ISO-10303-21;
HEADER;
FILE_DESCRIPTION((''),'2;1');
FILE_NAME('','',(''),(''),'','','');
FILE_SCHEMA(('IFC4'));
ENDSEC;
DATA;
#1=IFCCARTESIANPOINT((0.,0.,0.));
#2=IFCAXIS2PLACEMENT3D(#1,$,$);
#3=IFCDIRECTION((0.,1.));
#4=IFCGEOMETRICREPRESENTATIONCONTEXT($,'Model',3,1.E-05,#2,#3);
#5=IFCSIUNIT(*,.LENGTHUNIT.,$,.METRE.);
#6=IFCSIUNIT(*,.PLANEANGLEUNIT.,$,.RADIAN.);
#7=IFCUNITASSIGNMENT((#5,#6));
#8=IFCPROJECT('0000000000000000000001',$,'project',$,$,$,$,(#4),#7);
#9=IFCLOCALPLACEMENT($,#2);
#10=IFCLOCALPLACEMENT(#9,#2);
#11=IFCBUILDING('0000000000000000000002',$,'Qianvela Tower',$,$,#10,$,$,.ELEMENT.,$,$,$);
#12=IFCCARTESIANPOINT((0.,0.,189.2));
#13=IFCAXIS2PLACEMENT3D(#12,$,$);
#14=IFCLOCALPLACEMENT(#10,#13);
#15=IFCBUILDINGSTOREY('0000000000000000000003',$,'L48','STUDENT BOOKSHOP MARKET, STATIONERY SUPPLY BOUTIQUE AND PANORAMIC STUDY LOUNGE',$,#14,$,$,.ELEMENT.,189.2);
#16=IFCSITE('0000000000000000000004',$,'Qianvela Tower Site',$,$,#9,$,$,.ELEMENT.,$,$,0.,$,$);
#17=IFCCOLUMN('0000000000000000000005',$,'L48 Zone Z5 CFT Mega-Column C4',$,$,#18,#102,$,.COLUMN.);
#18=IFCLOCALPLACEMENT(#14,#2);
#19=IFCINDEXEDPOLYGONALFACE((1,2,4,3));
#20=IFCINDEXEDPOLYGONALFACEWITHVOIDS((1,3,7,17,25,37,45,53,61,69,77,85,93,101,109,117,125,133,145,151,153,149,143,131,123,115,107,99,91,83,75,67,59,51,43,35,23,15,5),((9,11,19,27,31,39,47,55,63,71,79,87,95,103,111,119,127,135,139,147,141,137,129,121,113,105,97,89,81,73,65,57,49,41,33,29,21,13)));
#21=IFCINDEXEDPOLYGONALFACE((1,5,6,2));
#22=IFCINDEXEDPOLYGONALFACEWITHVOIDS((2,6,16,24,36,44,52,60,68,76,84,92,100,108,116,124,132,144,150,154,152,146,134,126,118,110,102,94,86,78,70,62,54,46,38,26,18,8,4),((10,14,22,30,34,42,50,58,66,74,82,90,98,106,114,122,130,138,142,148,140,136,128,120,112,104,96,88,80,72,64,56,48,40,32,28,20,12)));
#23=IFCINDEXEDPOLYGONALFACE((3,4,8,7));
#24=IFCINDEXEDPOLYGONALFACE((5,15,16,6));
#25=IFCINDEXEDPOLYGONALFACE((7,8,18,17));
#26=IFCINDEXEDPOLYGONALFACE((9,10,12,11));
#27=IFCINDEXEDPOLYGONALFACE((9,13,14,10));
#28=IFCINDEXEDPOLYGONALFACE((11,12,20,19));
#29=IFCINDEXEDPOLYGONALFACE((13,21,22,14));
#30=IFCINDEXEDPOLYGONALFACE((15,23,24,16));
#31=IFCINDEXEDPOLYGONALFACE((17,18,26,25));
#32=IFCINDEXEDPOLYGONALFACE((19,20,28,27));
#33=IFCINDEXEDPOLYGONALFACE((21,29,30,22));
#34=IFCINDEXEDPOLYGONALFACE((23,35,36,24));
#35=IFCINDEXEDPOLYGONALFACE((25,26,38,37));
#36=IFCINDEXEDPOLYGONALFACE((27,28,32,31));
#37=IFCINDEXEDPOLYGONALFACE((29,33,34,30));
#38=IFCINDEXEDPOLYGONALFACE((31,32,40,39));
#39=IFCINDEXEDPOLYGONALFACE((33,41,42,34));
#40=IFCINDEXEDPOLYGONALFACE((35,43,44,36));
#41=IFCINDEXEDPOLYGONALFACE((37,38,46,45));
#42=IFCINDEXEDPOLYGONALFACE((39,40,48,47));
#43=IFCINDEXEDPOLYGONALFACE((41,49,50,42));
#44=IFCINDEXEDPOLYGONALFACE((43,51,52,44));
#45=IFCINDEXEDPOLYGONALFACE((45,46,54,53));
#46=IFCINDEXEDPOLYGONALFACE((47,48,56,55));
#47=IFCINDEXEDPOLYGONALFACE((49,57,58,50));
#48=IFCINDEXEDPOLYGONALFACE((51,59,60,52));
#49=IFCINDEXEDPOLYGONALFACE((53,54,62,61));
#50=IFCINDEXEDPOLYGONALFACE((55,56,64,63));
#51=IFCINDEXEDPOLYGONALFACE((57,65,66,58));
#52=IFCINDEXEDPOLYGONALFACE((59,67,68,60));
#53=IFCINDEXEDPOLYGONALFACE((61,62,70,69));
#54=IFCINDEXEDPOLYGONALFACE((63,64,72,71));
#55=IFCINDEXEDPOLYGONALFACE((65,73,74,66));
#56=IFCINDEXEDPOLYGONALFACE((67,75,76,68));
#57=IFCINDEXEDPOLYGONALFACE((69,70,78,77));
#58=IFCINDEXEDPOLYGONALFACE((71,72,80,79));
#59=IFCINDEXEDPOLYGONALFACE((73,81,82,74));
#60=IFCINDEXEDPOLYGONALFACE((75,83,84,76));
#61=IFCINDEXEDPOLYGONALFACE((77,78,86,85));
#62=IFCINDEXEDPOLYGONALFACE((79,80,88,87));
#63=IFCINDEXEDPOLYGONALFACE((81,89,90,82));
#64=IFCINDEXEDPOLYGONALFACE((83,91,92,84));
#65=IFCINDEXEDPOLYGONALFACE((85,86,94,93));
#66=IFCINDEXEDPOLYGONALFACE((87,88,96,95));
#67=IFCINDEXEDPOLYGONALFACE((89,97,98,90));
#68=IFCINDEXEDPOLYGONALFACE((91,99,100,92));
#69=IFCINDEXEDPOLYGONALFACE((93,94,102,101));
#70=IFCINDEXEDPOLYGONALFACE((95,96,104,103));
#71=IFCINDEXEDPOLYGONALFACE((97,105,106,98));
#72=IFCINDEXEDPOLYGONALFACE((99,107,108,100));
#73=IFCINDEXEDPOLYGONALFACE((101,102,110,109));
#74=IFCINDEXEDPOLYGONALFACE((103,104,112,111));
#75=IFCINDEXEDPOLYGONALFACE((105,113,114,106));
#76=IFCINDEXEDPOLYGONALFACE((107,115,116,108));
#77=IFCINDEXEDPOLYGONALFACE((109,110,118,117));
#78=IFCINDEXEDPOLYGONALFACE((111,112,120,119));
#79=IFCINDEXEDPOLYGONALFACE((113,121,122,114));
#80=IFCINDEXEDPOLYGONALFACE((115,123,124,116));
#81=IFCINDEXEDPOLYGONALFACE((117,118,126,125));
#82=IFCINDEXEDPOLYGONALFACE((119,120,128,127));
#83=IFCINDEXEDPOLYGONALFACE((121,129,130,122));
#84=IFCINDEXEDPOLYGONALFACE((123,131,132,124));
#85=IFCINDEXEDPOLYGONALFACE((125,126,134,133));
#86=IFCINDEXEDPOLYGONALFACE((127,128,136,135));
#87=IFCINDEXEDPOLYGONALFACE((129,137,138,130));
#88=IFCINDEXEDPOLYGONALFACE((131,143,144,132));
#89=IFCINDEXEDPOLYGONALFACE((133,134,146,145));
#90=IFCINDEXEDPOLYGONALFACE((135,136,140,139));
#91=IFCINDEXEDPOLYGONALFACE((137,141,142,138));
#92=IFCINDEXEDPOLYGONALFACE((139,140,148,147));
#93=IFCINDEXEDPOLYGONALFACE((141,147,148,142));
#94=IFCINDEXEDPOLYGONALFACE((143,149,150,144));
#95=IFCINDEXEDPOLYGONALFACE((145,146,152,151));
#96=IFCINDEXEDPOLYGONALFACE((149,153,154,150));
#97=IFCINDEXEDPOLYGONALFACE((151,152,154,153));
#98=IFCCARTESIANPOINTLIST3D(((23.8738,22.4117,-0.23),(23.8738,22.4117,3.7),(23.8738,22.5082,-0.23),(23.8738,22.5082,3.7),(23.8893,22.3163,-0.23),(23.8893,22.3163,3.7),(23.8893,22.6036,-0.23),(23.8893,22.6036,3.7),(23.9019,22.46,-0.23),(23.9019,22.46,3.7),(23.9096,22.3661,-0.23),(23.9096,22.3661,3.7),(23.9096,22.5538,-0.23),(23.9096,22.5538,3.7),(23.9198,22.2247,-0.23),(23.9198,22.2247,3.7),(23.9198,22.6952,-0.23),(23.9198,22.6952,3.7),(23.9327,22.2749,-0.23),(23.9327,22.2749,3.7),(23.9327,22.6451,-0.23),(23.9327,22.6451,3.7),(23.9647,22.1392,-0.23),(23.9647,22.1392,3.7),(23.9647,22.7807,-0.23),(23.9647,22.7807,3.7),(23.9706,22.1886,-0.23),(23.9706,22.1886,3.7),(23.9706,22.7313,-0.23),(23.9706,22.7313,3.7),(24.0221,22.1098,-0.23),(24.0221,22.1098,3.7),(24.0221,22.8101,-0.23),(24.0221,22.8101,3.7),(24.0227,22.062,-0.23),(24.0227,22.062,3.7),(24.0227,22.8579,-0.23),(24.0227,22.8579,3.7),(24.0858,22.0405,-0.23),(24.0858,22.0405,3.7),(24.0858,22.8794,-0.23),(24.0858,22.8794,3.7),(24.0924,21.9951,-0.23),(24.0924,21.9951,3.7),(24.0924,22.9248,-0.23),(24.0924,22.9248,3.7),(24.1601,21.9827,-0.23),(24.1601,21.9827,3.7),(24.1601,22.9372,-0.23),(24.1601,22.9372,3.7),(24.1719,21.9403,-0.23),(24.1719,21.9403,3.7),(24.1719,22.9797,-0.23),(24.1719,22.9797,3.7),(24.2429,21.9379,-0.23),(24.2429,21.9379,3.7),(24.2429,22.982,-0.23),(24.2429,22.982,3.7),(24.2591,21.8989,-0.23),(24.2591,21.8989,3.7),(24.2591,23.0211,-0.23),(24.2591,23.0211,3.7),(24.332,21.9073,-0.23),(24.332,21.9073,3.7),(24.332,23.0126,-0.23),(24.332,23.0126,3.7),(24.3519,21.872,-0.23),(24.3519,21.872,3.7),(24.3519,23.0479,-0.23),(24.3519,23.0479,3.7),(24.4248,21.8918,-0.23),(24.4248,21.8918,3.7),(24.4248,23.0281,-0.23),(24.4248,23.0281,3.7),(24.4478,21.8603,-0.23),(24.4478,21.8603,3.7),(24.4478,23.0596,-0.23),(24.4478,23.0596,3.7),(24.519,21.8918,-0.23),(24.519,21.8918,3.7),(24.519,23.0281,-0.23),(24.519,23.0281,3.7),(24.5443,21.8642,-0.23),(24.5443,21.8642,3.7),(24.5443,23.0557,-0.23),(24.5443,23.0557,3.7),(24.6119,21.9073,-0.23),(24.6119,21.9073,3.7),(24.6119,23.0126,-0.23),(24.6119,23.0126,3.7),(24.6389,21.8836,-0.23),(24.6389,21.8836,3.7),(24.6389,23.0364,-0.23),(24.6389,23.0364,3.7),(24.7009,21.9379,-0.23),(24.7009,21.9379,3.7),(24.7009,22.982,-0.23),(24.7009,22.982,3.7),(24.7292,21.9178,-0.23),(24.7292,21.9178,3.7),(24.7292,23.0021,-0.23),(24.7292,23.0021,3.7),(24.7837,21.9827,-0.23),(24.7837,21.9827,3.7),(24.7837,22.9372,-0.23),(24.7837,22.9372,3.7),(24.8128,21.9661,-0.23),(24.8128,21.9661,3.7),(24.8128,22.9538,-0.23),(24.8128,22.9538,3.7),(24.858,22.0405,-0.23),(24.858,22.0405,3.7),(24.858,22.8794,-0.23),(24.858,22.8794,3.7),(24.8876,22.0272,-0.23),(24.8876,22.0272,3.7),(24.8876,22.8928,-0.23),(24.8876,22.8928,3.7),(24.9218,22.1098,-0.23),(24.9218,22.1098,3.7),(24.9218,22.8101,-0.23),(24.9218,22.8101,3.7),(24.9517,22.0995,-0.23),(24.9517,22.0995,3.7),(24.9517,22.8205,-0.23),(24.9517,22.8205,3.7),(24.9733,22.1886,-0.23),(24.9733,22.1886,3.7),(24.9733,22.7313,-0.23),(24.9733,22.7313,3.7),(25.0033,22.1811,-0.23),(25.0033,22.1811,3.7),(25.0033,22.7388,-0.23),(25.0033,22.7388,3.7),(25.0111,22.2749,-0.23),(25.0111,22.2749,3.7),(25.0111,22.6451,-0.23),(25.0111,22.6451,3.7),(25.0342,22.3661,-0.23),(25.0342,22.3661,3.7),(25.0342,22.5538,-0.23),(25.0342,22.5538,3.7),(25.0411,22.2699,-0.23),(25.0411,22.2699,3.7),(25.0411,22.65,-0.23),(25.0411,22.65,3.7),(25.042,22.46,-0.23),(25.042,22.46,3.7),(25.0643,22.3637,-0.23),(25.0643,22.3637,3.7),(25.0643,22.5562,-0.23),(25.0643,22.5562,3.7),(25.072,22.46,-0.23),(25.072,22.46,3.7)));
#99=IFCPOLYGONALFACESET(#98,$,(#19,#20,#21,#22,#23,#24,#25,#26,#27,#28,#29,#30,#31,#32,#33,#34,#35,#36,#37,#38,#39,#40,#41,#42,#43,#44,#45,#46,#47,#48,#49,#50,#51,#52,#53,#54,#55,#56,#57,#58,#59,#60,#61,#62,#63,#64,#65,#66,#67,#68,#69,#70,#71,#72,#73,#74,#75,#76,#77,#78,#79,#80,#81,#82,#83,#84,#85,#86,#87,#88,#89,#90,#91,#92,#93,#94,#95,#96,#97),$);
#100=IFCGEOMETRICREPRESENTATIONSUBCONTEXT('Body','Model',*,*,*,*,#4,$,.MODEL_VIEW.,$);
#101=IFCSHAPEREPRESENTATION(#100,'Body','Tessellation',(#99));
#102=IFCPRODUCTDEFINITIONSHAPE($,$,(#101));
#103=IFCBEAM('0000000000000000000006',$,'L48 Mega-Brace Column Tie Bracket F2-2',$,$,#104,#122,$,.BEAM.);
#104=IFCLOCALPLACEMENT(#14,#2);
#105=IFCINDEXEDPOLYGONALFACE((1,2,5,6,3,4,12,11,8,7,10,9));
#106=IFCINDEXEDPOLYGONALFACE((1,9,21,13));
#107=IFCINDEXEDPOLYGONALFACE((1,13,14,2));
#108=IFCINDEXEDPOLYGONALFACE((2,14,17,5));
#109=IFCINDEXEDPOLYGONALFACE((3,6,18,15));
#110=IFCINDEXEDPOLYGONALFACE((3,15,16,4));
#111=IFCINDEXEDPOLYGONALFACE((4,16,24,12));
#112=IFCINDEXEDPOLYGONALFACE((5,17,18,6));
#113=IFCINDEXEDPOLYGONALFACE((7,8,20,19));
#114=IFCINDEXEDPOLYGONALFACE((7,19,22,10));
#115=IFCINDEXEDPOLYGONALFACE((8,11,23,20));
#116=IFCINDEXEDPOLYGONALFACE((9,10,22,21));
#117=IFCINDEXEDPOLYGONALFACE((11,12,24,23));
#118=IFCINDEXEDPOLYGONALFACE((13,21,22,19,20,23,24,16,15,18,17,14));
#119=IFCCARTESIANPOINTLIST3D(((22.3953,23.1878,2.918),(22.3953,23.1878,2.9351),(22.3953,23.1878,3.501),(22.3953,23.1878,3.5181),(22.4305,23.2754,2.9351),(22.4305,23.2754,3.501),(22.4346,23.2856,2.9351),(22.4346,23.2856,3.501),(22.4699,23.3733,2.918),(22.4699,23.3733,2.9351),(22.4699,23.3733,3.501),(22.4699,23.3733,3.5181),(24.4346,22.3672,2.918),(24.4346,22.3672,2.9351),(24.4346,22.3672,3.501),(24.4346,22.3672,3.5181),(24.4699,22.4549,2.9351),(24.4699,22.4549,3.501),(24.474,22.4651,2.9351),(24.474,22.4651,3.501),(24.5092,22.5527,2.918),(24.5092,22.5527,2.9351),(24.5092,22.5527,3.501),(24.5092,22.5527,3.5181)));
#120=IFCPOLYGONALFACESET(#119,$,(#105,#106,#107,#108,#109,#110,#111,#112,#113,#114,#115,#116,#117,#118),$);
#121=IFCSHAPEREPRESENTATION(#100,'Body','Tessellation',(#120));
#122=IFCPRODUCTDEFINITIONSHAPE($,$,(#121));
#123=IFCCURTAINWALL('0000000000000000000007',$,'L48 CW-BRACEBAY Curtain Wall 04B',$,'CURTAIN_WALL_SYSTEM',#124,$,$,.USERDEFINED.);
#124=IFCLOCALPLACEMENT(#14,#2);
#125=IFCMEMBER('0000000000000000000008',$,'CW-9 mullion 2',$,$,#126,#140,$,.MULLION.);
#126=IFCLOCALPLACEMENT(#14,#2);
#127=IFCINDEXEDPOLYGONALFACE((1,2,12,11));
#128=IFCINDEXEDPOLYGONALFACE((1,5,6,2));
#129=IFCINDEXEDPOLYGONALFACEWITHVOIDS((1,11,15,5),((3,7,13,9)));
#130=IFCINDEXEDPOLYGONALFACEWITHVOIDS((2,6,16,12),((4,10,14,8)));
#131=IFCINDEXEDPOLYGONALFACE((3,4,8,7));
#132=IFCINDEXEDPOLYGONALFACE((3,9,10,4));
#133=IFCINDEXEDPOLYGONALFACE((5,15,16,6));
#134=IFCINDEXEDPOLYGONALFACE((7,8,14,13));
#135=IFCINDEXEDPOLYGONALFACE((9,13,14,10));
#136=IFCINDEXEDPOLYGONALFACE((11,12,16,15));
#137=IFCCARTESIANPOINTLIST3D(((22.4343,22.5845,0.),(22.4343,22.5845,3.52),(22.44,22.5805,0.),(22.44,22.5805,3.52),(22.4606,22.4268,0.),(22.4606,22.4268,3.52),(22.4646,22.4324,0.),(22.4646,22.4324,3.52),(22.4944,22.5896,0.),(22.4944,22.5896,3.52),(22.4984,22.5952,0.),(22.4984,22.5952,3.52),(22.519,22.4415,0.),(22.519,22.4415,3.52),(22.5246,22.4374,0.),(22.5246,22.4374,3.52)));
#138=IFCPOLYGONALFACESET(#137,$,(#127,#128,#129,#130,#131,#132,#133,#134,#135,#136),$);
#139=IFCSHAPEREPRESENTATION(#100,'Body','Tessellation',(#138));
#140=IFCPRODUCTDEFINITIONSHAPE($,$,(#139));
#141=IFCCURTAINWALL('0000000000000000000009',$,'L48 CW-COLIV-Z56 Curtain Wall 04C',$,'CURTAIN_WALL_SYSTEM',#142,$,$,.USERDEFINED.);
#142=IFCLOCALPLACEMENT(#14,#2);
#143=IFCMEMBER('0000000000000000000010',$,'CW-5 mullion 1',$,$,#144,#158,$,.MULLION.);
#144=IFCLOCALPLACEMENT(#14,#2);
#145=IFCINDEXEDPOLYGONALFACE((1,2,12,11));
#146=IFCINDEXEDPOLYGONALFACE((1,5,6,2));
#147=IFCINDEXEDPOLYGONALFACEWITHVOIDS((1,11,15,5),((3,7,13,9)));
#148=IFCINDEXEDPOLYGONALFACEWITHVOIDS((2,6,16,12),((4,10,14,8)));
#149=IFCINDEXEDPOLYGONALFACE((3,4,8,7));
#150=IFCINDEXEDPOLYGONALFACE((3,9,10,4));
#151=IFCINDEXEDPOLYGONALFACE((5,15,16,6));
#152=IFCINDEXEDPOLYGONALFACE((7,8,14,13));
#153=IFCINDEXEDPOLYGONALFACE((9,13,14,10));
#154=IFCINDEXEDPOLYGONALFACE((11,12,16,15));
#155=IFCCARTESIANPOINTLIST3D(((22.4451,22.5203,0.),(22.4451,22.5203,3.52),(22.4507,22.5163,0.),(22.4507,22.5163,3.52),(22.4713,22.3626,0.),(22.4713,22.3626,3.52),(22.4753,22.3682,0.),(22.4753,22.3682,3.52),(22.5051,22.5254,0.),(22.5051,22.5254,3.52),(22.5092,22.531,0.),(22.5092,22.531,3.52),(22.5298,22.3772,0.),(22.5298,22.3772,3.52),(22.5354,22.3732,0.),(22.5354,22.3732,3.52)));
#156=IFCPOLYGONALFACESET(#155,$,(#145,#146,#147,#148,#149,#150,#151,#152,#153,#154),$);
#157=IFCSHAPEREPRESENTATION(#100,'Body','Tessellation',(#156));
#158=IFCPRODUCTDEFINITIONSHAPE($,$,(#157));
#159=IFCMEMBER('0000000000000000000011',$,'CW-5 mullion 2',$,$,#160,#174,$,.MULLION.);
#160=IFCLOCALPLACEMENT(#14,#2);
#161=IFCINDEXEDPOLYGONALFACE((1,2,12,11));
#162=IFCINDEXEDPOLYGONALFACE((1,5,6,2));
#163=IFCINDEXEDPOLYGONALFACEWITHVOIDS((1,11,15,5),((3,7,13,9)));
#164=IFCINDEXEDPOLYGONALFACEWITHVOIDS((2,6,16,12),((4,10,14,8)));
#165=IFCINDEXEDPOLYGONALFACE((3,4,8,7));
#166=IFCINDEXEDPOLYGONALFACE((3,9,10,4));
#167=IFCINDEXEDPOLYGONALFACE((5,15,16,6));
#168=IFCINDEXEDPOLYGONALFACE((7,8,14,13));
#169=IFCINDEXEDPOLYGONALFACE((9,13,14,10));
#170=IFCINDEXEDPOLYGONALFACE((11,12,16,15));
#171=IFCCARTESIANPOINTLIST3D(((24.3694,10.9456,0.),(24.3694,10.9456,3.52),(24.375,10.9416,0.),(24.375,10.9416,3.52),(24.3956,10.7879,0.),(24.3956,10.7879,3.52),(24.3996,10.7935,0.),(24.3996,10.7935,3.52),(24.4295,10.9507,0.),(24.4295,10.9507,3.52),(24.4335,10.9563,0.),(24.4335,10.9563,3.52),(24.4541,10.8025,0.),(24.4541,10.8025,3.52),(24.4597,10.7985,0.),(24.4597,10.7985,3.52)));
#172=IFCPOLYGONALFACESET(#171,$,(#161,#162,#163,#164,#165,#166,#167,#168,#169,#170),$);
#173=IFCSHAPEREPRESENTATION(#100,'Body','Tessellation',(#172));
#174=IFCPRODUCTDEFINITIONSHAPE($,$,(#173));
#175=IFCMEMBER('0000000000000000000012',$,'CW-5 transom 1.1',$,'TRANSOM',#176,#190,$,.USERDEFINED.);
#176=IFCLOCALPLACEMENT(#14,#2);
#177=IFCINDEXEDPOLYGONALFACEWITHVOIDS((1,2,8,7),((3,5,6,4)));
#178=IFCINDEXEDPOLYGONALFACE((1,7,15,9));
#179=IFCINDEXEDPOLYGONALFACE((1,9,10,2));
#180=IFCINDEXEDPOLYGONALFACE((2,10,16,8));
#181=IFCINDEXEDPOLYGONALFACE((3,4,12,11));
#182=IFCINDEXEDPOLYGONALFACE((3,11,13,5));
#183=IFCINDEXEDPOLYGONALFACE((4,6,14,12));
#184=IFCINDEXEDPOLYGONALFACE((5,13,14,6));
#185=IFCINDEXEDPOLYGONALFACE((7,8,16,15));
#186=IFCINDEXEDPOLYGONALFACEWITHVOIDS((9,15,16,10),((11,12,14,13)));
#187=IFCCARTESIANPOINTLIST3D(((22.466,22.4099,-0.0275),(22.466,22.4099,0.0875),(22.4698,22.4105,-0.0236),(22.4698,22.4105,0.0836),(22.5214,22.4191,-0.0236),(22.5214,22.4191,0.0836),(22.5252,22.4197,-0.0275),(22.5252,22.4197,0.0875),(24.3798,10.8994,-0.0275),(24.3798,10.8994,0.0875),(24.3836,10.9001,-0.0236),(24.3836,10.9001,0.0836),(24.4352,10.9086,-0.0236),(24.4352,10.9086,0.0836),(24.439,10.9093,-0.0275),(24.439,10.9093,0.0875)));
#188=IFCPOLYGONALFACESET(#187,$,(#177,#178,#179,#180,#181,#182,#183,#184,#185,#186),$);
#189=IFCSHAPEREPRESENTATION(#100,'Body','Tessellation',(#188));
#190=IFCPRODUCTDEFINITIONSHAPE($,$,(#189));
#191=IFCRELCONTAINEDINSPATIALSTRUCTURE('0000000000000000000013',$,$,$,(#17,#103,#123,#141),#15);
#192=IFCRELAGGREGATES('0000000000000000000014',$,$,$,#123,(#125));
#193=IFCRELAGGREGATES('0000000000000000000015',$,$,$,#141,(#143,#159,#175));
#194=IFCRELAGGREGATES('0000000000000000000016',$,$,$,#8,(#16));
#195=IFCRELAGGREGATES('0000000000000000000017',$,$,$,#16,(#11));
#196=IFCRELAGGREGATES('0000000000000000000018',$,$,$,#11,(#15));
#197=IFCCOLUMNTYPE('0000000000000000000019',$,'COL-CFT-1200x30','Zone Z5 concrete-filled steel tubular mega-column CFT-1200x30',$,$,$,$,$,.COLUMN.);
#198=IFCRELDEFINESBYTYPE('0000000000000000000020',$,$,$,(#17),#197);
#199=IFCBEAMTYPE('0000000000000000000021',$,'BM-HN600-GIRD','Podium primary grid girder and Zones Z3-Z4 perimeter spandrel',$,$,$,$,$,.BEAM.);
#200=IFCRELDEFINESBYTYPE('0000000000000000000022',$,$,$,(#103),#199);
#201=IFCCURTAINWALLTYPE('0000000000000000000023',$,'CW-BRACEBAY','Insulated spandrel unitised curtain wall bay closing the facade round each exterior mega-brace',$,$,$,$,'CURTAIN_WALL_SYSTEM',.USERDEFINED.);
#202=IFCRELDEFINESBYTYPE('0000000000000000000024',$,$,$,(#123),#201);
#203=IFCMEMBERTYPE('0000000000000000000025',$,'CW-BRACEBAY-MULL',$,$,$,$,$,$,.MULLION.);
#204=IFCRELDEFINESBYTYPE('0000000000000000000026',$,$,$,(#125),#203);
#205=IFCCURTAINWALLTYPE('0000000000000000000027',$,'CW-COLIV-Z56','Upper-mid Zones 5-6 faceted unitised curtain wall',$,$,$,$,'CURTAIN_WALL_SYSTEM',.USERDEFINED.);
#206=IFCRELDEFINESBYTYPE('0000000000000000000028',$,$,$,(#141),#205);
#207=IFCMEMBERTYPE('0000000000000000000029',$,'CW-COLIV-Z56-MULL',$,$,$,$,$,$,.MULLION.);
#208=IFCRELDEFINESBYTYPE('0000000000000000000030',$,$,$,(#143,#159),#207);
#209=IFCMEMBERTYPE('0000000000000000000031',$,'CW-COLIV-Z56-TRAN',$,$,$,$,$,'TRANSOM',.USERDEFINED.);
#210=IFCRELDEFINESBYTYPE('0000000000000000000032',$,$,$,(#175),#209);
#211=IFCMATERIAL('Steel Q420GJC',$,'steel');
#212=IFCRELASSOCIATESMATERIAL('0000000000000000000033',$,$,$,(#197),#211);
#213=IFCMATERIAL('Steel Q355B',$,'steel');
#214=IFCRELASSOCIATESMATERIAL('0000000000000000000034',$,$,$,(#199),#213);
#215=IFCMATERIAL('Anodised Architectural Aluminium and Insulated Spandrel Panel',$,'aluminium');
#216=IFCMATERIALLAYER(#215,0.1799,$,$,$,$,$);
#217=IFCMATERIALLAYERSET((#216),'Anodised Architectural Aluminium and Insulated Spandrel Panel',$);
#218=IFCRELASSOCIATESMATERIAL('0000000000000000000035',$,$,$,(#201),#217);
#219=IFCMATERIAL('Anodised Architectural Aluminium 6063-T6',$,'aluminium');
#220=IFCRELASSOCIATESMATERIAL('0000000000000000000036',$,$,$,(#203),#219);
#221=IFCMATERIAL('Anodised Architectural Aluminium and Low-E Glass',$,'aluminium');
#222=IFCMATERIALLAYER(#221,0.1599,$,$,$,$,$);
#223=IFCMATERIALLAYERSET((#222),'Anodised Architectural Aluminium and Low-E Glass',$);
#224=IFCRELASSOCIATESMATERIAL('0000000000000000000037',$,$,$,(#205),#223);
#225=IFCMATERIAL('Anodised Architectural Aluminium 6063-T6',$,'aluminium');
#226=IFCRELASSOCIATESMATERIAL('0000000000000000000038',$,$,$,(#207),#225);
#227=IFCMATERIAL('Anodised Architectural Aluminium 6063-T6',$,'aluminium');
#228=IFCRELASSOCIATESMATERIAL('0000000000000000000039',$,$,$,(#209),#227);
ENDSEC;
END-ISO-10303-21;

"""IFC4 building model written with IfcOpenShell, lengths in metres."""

from ifc_helpers import new_model, si_unit, direction, frame, origin, origin_2d, place, context, subcontext, project, spatial, hollow_rectangle, hollow_circle, i_section, extrude, material, layer, layer_set, material_profile, profile_set, type_object, element, aggregate, save


model = new_model("IFC4")

# Units and contexts
model_context = context("Model", 3, precision=1e-05, world=origin(), true_north=direction((0.0, 1.0)))
body_context = subcontext(model_context, "Body", "Model", "MODEL_VIEW")
ifc_project = project(units=[si_unit("LENGTHUNIT", "METRE"), si_unit("PLANEANGLEUNIT", "RADIAN")], contexts=[model_context])

# Site, building, storey
site_placement = place(None, origin())
site = spatial("IfcSite", under=ifc_project, at=site_placement, Name="Qianvela Tower Site", CompositionType="ELEMENT", RefElevation=0.0)
building_placement = place(site_placement, origin())
building = spatial("IfcBuilding", under=site, at=building_placement, Name="Qianvela Tower", CompositionType="ELEMENT")
storey_placement = place(building_placement, frame((0.0, 0.0, 189.2)))
storey = spatial("IfcBuildingStorey", under=building, at=storey_placement, Name="L48", Description="STUDENT BOOKSHOP MARKET, STATIONERY SUPPLY BOUTIQUE AND PANORAMIC STUDY LOUNGE", CompositionType="ELEMENT", Elevation=189.2)

# Column
ifc_material_1 = material(Name="Steel Q420GJC", Category="steel")
ifc_material_profile_1 = material_profile(ifc_material_1, hollow_circle(Radius=0.6001, WallThickness=0.03, at=origin_2d()), Name="CFT-1200x30")
ifc_profile_set_1 = profile_set([ifc_material_profile_1], Name="Steel Q420GJC")
column_type = type_object("IfcColumnType", Name="COL-CFT-1200x30", Description="Zone Z5 concrete-filled steel tubular mega-column CFT-1200x30", PredefinedType="COLUMN", material=ifc_profile_set_1)
column_placement = place(storey_placement, frame((24.4719, 22.46, -0.23), z_axis=(0.0, 0.0, 1.0), x_axis=(1.0, 0.0, 0.0)))
element("IfcColumn", 1, at=column_placement, inside=storey, type_object=column_type, Name="L48 Zone Z5 CFT Mega-Column C4", PredefinedType="COLUMN", context=body_context, shape_type="SweptSolid", body=[
    extrude(hollow_circle(Radius=0.6001, WallThickness=0.03, at=origin_2d()), origin(), (0.0, 0.0, 1.0), 3.9299),
])

# Beam
ifc_material_2 = material(Name="Steel Q355B", Category="steel")
ifc_material_profile_2 = material_profile(ifc_material_2, i_section(OverallWidth=0.2, OverallDepth=0.6001, WebThickness=0.011, FlangeThickness=0.0171, at=origin_2d()), Name="HN600x200x11x17")
ifc_profile_set_2 = profile_set([ifc_material_profile_2], Name="Steel Q355B")
beam_type = type_object("IfcBeamType", Name="BM-HN600-GIRD", Description="Podium primary grid girder and Zones Z3-Z4 perimeter spandrel", PredefinedType="BEAM", material=ifc_profile_set_2)
beam_placement = place(storey_placement, frame((24.4719, 22.46, 3.218), z_axis=(-0.927716, 0.373286, 0.0), x_axis=(-0.373286, -0.927716, 0.0)))
element("IfcBeam", 2, at=beam_placement, inside=storey, type_object=beam_type, Name="L48 Mega-Brace Column Tie Bracket F2-2", PredefinedType="BEAM", context=body_context, shape_type="SweptSolid", body=[
    extrude(i_section(OverallWidth=0.2, OverallDepth=0.6001, WebThickness=0.011, FlangeThickness=0.0171, at=origin_2d()), origin(), (0.0, 0.0, 1.0), 2.1982),
])

# Curtain wall, member
ifc_material_3 = material(Name="Anodised Architectural Aluminium and Insulated Spandrel Panel", Category="aluminium")
ifc_layer_1 = layer(ifc_material_3, 0.1799)
ifc_layer_set_1 = layer_set([ifc_layer_1], Name="Anodised Architectural Aluminium and Insulated Spandrel Panel")
curtain_wall_type_1 = type_object("IfcCurtainWallType", Name="CW-BRACEBAY", Description="Insulated spandrel unitised curtain wall bay closing the facade round each exterior mega-brace", ElementType="CURTAIN_WALL_SYSTEM", PredefinedType="USERDEFINED", material=ifc_layer_set_1)
curtain_wall_1_placement = place(storey_placement, origin())
curtain_wall_1 = element("IfcCurtainWall", 3, at=curtain_wall_1_placement, inside=storey, type_object=curtain_wall_type_1, Name="L48 CW-BRACEBAY Curtain Wall 04B", ObjectType="CURTAIN_WALL_SYSTEM", PredefinedType="USERDEFINED")
ifc_material_4 = material(Name="Anodised Architectural Aluminium 6063-T6", Category="aluminium")
ifc_material_profile_3 = material_profile(ifc_material_4, hollow_rectangle(XDim=0.0649, YDim=0.1599, WallThickness=0.0049, at=origin_2d()), Name="ALU-MULL-65x160")
ifc_profile_set_3 = profile_set([ifc_material_profile_3], Name="Anodised Architectural Aluminium 6063-T6")
member_type_1 = type_object("IfcMemberType", Name="CW-BRACEBAY-MULL", PredefinedType="MULLION", material=ifc_profile_set_3)
member_1_placement = place(storey_placement, frame((22.4795, 22.511, 0.0), z_axis=(0.0, 0.0, 1.0), x_axis=(0.986459, 0.16401, 0.0)))
member_1 = element("IfcMember", 4, at=member_1_placement, type_object=member_type_1, Name="CW-9 mullion 2", PredefinedType="MULLION", context=body_context, shape_type="SweptSolid", body=[
    extrude(hollow_rectangle(XDim=0.0649, YDim=0.1599, WallThickness=0.0049, at=origin_2d()), origin(), (0.0, 0.0, 1.0), 3.52),
])

# Curtain wall, members
ifc_material_5 = material(Name="Anodised Architectural Aluminium and Low-E Glass", Category="aluminium")
ifc_layer_2 = layer(ifc_material_5, 0.1599)
ifc_layer_set_2 = layer_set([ifc_layer_2], Name="Anodised Architectural Aluminium and Low-E Glass")
curtain_wall_type_2 = type_object("IfcCurtainWallType", Name="CW-COLIV-Z56", Description="Upper-mid Zones 5-6 faceted unitised curtain wall", ElementType="CURTAIN_WALL_SYSTEM", PredefinedType="USERDEFINED", material=ifc_layer_set_2)
curtain_wall_2_placement = place(storey_placement, origin())
curtain_wall_2 = element("IfcCurtainWall", 5, at=curtain_wall_2_placement, inside=storey, type_object=curtain_wall_type_2, Name="L48 CW-COLIV-Z56 Curtain Wall 04C", ObjectType="CURTAIN_WALL_SYSTEM", PredefinedType="USERDEFINED")
ifc_material_6 = material(Name="Anodised Architectural Aluminium 6063-T6", Category="aluminium")
ifc_material_profile_4 = material_profile(ifc_material_6, hollow_rectangle(XDim=0.0649, YDim=0.1599, WallThickness=0.0049, at=origin_2d()), Name="ALU-MULL-65x160")
ifc_profile_set_4 = profile_set([ifc_material_profile_4], Name="Anodised Architectural Aluminium 6063-T6")
member_type_2 = type_object("IfcMemberType", Name="CW-COLIV-Z56-MULL", PredefinedType="MULLION", material=ifc_profile_set_4)
member_2_placement = place(storey_placement, frame((22.4902, 22.4468, 0.0), z_axis=(0.0, 0.0, 1.0), x_axis=(0.986458, 0.164011, 0.0)))
member_2 = element("IfcMember", 6, at=member_2_placement, type_object=member_type_2, Name="CW-5 mullion 1", PredefinedType="MULLION", context=body_context, shape_type="SweptSolid", body=[
    extrude(hollow_rectangle(XDim=0.0649, YDim=0.1599, WallThickness=0.0049, at=origin_2d()), origin(), (0.0, 0.0, 1.0), 3.52),
])
member_3_placement = place(storey_placement, frame((24.4146, 10.8721, 0.0), z_axis=(0.0, 0.0, 1.0), x_axis=(0.986458, 0.164011, 0.0)))
member_3 = element("IfcMember", 7, at=member_3_placement, type_object=member_type_2, Name="CW-5 mullion 2", PredefinedType="MULLION", context=body_context, shape_type="SweptSolid", body=[
    extrude(hollow_rectangle(XDim=0.0649, YDim=0.1599, WallThickness=0.0049, at=origin_2d()), origin(), (0.0, 0.0, 1.0), 3.52),
])
ifc_material_7 = material(Name="Anodised Architectural Aluminium 6063-T6", Category="aluminium")
ifc_material_profile_5 = material_profile(ifc_material_7, hollow_rectangle(XDim=0.0601, YDim=0.115, WallThickness=0.0039, at=origin_2d()), Name="ALU-TRAN-60x115")
ifc_profile_set_5 = profile_set([ifc_material_profile_5], Name="Anodised Architectural Aluminium 6063-T6")
member_type_3 = type_object("IfcMemberType", Name="CW-COLIV-Z56-TRAN", ElementType="TRANSOM", PredefinedType="USERDEFINED", material=ifc_profile_set_5)
member_4_placement = place(storey_placement, frame((22.4956, 22.4148, 0.03), z_axis=(0.164016, -0.986458, 0.0), x_axis=(0.986458, 0.164016, 0.0)))
member_4 = element("IfcMember", 8, at=member_4_placement, type_object=member_type_3, Name="CW-5 transom 1.1", ObjectType="TRANSOM", PredefinedType="USERDEFINED", context=body_context, shape_type="SweptSolid", body=[
    extrude(hollow_rectangle(XDim=0.0601, YDim=0.115, WallThickness=0.0039, at=origin_2d()), origin(), (0.0, 0.0, 1.0), 11.6685),
])

aggregate(curtain_wall_1, [member_1])
aggregate(curtain_wall_2, [member_2, member_3, member_4])

save(model, "model.ifc")
